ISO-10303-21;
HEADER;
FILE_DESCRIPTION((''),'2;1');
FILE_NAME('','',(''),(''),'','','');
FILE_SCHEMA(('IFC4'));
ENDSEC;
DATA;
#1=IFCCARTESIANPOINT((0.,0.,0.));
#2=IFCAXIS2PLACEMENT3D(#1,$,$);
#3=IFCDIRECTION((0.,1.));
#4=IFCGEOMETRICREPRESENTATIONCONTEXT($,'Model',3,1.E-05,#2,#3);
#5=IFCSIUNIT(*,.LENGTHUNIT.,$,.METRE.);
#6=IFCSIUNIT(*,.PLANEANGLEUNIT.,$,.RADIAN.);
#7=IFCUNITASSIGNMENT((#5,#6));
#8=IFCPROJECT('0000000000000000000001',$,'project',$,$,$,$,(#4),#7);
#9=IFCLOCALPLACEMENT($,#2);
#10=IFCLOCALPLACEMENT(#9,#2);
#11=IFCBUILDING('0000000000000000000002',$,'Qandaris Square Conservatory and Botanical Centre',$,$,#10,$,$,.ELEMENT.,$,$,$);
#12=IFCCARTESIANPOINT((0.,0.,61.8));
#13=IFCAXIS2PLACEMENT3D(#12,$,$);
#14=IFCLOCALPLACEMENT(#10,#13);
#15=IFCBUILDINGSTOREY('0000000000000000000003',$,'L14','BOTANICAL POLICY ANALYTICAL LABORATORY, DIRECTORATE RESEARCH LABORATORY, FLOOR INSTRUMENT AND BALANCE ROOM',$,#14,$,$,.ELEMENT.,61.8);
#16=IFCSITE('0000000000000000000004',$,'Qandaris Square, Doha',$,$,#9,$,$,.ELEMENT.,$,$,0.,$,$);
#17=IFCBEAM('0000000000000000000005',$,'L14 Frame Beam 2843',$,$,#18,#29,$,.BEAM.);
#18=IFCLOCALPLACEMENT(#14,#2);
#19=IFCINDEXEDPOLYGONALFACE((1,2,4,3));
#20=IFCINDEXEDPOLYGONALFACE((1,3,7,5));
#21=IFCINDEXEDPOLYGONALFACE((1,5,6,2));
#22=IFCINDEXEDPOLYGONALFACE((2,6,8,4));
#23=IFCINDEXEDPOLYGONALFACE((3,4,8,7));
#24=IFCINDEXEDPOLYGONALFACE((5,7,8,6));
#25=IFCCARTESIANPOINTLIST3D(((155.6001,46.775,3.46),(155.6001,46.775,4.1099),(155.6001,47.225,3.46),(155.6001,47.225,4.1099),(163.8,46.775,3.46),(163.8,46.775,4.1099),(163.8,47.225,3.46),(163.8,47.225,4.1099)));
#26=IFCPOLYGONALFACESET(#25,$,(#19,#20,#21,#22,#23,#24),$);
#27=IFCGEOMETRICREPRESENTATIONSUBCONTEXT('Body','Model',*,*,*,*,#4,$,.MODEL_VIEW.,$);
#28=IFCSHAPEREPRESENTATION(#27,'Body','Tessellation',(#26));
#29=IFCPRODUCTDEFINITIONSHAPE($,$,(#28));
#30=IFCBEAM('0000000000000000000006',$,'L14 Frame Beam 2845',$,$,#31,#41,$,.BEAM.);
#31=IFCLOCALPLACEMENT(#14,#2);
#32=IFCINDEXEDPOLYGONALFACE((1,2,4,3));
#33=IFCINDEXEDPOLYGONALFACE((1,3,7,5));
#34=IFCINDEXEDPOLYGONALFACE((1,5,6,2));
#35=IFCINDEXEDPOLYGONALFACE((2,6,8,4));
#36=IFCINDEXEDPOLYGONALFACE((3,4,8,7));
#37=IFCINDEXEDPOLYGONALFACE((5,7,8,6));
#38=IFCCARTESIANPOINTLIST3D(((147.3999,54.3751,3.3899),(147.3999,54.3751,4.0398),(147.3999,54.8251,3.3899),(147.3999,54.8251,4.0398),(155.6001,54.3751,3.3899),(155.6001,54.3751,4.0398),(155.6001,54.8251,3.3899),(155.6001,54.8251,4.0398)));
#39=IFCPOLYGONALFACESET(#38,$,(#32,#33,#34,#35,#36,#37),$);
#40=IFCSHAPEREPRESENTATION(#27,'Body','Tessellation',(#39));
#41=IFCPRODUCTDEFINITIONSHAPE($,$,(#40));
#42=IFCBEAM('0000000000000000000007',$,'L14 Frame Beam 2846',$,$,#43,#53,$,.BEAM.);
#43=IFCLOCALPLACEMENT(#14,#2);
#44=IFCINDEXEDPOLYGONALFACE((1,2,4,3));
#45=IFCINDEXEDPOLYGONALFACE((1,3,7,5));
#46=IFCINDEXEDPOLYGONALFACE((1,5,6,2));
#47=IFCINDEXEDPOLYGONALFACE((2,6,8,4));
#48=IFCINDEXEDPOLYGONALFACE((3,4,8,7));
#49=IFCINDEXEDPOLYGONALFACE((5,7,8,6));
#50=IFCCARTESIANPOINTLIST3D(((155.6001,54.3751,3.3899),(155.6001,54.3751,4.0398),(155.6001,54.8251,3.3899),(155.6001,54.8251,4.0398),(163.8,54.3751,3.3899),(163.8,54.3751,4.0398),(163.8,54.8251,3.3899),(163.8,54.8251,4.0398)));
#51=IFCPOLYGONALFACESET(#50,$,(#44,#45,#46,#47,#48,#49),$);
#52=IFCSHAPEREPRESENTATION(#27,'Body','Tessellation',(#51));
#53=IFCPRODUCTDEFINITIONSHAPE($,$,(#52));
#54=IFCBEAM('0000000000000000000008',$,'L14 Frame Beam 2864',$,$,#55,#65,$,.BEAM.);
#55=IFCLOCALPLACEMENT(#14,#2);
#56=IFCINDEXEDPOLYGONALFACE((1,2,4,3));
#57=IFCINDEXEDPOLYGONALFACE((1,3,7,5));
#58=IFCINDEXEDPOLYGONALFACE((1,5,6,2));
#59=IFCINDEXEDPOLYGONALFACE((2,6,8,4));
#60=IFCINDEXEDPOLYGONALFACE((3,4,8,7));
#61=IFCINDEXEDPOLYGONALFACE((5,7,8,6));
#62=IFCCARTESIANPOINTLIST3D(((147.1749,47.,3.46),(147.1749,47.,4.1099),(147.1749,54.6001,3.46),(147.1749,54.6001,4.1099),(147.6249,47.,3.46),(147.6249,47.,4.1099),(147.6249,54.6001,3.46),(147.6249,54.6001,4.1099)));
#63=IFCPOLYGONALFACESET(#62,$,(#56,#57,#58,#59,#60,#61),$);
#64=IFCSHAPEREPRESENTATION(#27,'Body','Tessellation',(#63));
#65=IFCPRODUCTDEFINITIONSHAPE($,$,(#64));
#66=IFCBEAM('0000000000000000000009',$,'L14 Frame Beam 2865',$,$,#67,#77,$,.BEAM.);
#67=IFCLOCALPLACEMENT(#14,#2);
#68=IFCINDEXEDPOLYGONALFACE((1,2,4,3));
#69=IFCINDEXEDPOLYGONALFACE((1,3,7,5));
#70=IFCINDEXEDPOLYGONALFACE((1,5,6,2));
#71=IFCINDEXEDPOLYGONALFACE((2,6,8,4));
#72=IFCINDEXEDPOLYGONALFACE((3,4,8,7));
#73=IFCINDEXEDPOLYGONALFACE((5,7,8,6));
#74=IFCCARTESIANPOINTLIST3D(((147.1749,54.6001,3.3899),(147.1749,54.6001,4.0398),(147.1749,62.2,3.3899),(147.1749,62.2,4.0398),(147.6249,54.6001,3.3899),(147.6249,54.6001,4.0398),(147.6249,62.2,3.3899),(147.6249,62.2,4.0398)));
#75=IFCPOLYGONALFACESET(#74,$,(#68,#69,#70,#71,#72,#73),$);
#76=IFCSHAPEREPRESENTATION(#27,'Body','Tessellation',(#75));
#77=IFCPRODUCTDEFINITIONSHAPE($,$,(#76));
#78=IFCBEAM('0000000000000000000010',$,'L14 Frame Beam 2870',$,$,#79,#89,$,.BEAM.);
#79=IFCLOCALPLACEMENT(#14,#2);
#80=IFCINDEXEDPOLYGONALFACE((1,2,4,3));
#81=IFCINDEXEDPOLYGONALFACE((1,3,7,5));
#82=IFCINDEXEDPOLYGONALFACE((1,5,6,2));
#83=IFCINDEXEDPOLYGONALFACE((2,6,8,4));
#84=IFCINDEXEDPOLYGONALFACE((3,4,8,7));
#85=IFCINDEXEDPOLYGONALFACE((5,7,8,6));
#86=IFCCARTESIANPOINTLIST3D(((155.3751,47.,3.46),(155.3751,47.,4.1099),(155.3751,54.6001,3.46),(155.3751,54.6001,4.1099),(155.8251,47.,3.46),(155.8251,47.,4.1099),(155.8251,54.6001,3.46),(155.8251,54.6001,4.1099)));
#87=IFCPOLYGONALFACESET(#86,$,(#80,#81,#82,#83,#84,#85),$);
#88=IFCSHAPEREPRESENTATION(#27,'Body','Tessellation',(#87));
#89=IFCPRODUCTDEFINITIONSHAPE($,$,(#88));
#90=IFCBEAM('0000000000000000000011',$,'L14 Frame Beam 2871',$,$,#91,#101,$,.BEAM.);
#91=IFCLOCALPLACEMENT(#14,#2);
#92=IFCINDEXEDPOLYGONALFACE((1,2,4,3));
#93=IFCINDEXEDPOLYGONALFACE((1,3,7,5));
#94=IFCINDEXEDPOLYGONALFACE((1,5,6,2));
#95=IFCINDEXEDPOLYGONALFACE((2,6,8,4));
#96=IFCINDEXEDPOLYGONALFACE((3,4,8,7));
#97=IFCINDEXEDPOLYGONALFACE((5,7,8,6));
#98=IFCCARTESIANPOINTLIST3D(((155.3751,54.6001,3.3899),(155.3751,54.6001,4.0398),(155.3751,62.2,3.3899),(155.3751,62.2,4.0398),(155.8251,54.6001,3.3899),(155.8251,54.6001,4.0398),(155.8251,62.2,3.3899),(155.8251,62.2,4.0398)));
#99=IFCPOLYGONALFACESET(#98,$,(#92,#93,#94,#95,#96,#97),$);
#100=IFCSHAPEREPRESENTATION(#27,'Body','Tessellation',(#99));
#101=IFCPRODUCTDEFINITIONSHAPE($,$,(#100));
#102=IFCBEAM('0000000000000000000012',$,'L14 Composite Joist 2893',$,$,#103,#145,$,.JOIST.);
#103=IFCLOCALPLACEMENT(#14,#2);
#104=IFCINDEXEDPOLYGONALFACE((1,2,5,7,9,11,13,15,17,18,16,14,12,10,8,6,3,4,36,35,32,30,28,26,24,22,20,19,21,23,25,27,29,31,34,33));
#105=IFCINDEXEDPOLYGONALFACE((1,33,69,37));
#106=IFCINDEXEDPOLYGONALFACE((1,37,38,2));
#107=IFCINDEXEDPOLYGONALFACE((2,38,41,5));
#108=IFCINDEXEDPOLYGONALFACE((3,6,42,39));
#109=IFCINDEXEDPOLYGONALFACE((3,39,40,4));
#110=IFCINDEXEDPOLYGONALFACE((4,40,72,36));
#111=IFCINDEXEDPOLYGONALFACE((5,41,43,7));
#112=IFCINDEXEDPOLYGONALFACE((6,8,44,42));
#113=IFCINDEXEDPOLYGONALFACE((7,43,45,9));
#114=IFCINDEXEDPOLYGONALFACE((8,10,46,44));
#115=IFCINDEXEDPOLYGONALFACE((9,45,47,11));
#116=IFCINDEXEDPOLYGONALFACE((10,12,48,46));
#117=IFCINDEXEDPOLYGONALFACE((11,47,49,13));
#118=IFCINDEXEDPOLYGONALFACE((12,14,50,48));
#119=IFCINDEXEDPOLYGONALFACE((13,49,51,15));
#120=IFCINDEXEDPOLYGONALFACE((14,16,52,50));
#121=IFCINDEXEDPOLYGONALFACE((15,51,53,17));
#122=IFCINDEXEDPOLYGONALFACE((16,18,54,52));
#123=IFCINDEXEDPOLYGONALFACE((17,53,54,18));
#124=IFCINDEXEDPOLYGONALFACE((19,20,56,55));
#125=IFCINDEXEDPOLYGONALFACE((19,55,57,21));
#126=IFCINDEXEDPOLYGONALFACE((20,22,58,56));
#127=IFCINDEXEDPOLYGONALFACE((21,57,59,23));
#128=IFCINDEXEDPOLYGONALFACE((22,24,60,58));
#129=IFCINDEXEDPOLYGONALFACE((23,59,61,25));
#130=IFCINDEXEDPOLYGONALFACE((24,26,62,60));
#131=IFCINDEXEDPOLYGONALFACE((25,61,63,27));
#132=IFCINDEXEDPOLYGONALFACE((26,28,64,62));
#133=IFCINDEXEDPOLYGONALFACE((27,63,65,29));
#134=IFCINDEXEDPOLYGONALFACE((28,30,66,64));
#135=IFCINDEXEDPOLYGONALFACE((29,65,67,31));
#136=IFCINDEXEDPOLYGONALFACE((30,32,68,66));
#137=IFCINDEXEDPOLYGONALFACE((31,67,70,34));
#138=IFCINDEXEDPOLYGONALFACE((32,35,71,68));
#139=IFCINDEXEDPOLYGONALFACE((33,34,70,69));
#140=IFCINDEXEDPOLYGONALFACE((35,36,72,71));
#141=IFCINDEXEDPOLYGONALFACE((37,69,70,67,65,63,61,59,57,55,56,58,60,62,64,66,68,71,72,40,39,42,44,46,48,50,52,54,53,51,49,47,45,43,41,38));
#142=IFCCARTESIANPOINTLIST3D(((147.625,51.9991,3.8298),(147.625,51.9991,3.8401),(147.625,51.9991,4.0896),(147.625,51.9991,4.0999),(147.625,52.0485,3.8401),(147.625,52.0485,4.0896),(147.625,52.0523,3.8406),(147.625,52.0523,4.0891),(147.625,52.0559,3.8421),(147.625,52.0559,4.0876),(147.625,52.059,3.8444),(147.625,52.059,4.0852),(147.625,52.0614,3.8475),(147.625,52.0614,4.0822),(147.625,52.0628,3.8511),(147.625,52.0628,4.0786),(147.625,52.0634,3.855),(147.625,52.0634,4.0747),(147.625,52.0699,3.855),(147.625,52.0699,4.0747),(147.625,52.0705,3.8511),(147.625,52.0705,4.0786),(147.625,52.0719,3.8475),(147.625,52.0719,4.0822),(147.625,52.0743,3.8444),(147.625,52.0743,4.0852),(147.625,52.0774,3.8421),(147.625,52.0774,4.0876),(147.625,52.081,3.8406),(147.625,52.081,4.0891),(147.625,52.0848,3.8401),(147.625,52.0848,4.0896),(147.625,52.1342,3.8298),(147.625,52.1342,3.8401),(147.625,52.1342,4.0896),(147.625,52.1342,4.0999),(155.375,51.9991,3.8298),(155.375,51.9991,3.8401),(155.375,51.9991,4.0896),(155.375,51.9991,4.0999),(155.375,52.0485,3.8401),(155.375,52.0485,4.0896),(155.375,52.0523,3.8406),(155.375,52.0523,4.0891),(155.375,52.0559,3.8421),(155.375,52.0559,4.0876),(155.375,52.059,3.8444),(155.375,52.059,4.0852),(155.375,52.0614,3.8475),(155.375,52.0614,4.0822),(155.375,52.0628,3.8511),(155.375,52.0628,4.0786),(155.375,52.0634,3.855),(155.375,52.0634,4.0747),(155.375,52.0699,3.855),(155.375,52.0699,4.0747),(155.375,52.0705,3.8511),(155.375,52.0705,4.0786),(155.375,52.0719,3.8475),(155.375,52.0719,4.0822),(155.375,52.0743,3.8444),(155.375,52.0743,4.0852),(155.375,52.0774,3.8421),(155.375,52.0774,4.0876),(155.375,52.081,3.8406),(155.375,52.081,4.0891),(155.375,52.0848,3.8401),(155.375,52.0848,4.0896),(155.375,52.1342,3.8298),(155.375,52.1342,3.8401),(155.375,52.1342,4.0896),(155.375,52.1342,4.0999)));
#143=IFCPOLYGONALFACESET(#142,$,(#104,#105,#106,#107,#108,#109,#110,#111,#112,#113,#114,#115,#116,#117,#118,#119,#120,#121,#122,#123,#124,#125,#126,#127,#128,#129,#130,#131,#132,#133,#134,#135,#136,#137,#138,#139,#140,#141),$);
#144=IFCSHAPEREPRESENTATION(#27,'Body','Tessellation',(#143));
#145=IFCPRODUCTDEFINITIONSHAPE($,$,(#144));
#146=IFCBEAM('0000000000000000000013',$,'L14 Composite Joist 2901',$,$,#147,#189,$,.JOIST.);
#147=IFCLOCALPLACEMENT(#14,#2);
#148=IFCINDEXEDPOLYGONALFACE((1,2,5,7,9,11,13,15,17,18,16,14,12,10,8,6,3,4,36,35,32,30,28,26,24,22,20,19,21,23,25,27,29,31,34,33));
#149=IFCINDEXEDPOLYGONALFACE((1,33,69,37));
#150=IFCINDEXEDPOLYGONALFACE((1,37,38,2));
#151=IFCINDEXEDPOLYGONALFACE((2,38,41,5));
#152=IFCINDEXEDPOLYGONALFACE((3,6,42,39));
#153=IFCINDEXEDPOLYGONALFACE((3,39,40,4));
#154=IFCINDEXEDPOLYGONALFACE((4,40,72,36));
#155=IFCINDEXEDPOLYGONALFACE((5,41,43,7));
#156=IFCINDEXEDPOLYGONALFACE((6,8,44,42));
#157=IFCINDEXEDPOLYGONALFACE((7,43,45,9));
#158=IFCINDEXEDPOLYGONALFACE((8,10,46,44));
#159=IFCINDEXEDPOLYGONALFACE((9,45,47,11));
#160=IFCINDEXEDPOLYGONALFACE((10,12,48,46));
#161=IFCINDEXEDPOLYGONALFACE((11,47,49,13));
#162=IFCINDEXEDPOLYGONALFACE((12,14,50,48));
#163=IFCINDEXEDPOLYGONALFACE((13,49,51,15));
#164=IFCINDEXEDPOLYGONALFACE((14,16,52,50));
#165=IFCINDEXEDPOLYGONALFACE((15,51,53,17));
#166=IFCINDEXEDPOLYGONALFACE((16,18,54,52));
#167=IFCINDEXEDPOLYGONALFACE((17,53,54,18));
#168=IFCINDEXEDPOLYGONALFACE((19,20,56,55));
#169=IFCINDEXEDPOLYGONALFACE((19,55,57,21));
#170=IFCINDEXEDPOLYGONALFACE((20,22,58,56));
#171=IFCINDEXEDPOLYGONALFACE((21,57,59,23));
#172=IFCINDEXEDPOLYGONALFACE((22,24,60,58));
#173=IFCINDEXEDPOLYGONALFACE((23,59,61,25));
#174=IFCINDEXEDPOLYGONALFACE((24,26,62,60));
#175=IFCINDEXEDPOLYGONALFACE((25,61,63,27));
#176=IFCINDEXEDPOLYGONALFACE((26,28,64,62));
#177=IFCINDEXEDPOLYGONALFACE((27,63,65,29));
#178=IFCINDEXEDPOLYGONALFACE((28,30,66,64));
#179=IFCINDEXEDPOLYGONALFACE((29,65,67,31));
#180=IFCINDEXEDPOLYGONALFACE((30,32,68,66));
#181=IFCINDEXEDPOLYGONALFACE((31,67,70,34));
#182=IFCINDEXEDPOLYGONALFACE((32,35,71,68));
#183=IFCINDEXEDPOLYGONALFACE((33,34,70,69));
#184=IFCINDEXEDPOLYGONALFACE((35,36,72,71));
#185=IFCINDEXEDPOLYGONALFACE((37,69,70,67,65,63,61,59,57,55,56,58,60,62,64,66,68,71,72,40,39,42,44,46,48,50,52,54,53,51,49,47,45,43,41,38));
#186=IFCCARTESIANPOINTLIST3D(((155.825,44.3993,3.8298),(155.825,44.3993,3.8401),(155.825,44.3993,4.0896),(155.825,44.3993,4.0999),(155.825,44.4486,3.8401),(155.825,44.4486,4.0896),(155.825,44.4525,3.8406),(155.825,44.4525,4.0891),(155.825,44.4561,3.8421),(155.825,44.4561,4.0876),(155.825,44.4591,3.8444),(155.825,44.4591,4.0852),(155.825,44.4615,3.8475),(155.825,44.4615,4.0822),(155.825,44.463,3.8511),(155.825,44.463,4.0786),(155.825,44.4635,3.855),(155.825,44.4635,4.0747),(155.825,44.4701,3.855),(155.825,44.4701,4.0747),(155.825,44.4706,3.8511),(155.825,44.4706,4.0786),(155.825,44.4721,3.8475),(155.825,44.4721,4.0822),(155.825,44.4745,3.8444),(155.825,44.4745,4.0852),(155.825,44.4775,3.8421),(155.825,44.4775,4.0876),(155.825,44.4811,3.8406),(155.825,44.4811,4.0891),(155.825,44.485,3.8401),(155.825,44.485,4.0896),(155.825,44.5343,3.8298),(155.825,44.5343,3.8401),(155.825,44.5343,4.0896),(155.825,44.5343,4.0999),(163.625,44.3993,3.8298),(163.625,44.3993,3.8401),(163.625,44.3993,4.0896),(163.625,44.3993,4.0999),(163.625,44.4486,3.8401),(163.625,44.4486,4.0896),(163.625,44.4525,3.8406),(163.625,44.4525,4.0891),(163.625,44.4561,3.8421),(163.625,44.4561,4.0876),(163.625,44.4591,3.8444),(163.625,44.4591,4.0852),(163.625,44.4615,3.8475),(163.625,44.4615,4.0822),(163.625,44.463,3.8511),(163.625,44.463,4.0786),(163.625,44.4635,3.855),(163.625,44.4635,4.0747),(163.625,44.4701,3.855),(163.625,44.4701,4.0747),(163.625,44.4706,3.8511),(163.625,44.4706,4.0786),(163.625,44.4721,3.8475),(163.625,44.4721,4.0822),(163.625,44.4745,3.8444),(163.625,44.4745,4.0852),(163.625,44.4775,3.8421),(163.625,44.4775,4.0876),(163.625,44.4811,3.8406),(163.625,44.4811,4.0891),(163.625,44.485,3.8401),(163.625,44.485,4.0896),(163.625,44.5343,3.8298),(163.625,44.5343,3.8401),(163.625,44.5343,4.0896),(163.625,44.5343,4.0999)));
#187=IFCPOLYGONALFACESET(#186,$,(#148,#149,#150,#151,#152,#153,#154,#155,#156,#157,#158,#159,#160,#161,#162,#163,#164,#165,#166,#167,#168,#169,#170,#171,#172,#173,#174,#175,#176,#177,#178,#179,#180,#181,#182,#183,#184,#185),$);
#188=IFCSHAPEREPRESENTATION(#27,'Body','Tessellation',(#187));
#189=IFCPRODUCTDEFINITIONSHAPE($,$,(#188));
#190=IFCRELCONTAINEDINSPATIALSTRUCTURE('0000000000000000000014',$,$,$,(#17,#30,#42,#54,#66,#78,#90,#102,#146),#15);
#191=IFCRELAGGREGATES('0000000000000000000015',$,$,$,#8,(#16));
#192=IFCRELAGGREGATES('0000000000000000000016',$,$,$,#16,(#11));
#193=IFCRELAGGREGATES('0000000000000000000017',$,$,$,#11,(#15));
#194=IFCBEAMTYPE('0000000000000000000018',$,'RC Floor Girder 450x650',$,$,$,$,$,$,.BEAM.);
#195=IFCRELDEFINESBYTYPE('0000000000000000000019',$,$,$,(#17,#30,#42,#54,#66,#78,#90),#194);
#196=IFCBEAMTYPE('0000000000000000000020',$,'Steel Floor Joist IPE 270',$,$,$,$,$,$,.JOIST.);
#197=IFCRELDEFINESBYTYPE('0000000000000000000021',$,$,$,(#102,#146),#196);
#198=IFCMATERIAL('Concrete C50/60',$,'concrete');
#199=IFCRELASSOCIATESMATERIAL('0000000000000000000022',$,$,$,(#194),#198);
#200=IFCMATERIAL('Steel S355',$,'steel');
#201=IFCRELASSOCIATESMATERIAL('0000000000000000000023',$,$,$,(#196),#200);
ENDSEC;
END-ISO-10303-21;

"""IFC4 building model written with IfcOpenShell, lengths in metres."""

from ifc_helpers import new_model, si_unit, direction, frame, origin, origin_2d, place, context, subcontext, project, spatial, rectangle, i_section, extrude, material, material_profile, profile_set, type_object, element, save


model = new_model("IFC4")

# Units and contexts
model_context = context("Model", 3, precision=1e-05, world=origin(), true_north=direction((0.0, 1.0)))
body_context = subcontext(model_context, "Body", "Model", "MODEL_VIEW")
ifc_project = project(units=[si_unit("LENGTHUNIT", "METRE"), si_unit("PLANEANGLEUNIT", "RADIAN")], contexts=[model_context])

# Site, building, storey
site_placement = place(None, origin())
site = spatial("IfcSite", under=ifc_project, at=site_placement, Name="Qandaris Square, Doha", CompositionType="ELEMENT", RefElevation=0.0)
building_placement = place(site_placement, origin())
building = spatial("IfcBuilding", under=site, at=building_placement, Name="Qandaris Square Conservatory and Botanical Centre", CompositionType="ELEMENT")
storey_placement = place(building_placement, frame((0.0, 0.0, 61.8)))
storey = spatial("IfcBuildingStorey", under=building, at=storey_placement, Name="L14", Description="BOTANICAL POLICY ANALYTICAL LABORATORY, DIRECTORATE RESEARCH LABORATORY, FLOOR INSTRUMENT AND BALANCE ROOM", CompositionType="ELEMENT", Elevation=61.8)

# Shared definitions
ifc_material_1 = material(Name="Concrete C50/60", Category="concrete")

# Shared definitions
ifc_material_2 = material(Name="Steel S355", Category="steel")

# Beams
ifc_material_profile_1 = material_profile(ifc_material_1, rectangle(XDim=0.45, YDim=0.6499, at=origin_2d()), Name="RC-BM 450x650")
ifc_profile_set_1 = profile_set([ifc_material_profile_1], Name="Concrete C50/60")
beam_type_1 = type_object("IfcBeamType", Name="RC Floor Girder 450x650", PredefinedType="BEAM", material=ifc_profile_set_1)
beam_1_placement = place(storey_placement, frame((155.6001, 47.0, 3.7849), z_axis=(1.0, 0.0, 0.0), x_axis=(0.0, 1.0, 0.0)))
element("IfcBeam", 1, at=beam_1_placement, inside=storey, type_object=beam_type_1, Name="L14 Frame Beam 2843", PredefinedType="BEAM", context=body_context, shape_type="SweptSolid", body=[
    extrude(rectangle(XDim=0.45, YDim=0.6499, at=origin_2d()), origin(), (0.0, 0.0, 1.0), 8.2),
])
beam_2_placement = place(storey_placement, frame((147.3999, 54.6001, 3.7148), z_axis=(1.0, 0.0, 0.0), x_axis=(0.0, 1.0, 0.0)))
element("IfcBeam", 2, at=beam_2_placement, inside=storey, type_object=beam_type_1, Name="L14 Frame Beam 2845", PredefinedType="BEAM", context=body_context, shape_type="SweptSolid", body=[
    extrude(rectangle(XDim=0.45, YDim=0.6499, at=origin_2d()), origin(), (0.0, 0.0, 1.0), 8.2002),
])
beam_3_placement = place(storey_placement, frame((155.6001, 54.6001, 3.7148), z_axis=(1.0, 0.0, 0.0), x_axis=(0.0, 1.0, 0.0)))
element("IfcBeam", 3, at=beam_3_placement, inside=storey, type_object=beam_type_1, Name="L14 Frame Beam 2846", PredefinedType="BEAM", context=body_context, shape_type="SweptSolid", body=[
    extrude(rectangle(XDim=0.45, YDim=0.6499, at=origin_2d()), origin(), (0.0, 0.0, 1.0), 8.2),
])
beam_4_placement = place(storey_placement, frame((147.3999, 47.0, 3.7849), z_axis=(0.0, 1.0, 0.0), x_axis=(-1.0, 0.0, 0.0)))
element("IfcBeam", 4, at=beam_4_placement, inside=storey, type_object=beam_type_1, Name="L14 Frame Beam 2864", PredefinedType="BEAM", context=body_context, shape_type="SweptSolid", body=[
    extrude(rectangle(XDim=0.45, YDim=0.6499, at=origin_2d()), origin(), (0.0, 0.0, 1.0), 7.6001),
])
beam_5_placement = place(storey_placement, frame((147.3999, 54.6001, 3.7148), z_axis=(0.0, 1.0, 0.0), x_axis=(-1.0, 0.0, 0.0)))
element("IfcBeam", 5, at=beam_5_placement, inside=storey, type_object=beam_type_1, Name="L14 Frame Beam 2865", PredefinedType="BEAM", context=body_context, shape_type="SweptSolid", body=[
    extrude(rectangle(XDim=0.45, YDim=0.6499, at=origin_2d()), origin(), (0.0, 0.0, 1.0), 7.5999),
])
beam_6_placement = place(storey_placement, frame((155.6001, 47.0, 3.7849), z_axis=(0.0, 1.0, 0.0), x_axis=(-1.0, 0.0, 0.0)))
element("IfcBeam", 6, at=beam_6_placement, inside=storey, type_object=beam_type_1, Name="L14 Frame Beam 2870", PredefinedType="BEAM", context=body_context, shape_type="SweptSolid", body=[
    extrude(rectangle(XDim=0.45, YDim=0.6499, at=origin_2d()), origin(), (0.0, 0.0, 1.0), 7.6001),
])
beam_7_placement = place(storey_placement, frame((155.6001, 54.6001, 3.7148), z_axis=(0.0, 1.0, 0.0), x_axis=(-1.0, 0.0, 0.0)))
element("IfcBeam", 7, at=beam_7_placement, inside=storey, type_object=beam_type_1, Name="L14 Frame Beam 2871", PredefinedType="BEAM", context=body_context, shape_type="SweptSolid", body=[
    extrude(rectangle(XDim=0.45, YDim=0.6499, at=origin_2d()), origin(), (0.0, 0.0, 1.0), 7.5999),
])
ifc_material_profile_2 = material_profile(ifc_material_2, i_section(OverallWidth=0.135, OverallDepth=0.27, WebThickness=0.0066, FlangeThickness=0.0103, FilletRadius=0.0149, at=origin_2d()), Name="IPE 270")
ifc_profile_set_2 = profile_set([ifc_material_profile_2], Name="Steel S355")
beam_type_2 = type_object("IfcBeamType", Name="Steel Floor Joist IPE 270", PredefinedType="JOIST", material=ifc_profile_set_2)
beam_8_placement = place(storey_placement, frame((147.625, 52.0667, 3.9648), z_axis=(1.0, 0.0, 0.0), x_axis=(0.0, 1.0, 0.0)))
element("IfcBeam", 8, at=beam_8_placement, inside=storey, type_object=beam_type_2, Name="L14 Composite Joist 2893", PredefinedType="JOIST", context=body_context, shape_type="SweptSolid", body=[
    extrude(i_section(OverallWidth=0.135, OverallDepth=0.27, WebThickness=0.0066, FlangeThickness=0.0103, FilletRadius=0.0149, at=origin_2d()), origin(), (0.0, 0.0, 1.0), 7.75),
])
for number, where, z_axis, x_axis, name in (
    (9, (155.825, 44.4668, 3.9648), (1.0, 0.0, 0.0), (0.0, 1.0, 0.0), "L14 Composite Joist 2901"),
):
    element("IfcBeam", number, at=place(storey_placement, frame(where, z_axis=z_axis, x_axis=x_axis)), inside=storey, type_object=beam_type_2, Name=name, PredefinedType="JOIST", context=body_context, shape_type="SweptSolid", body=[
        extrude(i_section(OverallWidth=0.135, OverallDepth=0.27, WebThickness=0.0066, FlangeThickness=0.0103, FilletRadius=0.0149, at=origin_2d()), origin(), (0.0, 0.0, 1.0), 7.8),
    ])

save(model, "model.ifc")
